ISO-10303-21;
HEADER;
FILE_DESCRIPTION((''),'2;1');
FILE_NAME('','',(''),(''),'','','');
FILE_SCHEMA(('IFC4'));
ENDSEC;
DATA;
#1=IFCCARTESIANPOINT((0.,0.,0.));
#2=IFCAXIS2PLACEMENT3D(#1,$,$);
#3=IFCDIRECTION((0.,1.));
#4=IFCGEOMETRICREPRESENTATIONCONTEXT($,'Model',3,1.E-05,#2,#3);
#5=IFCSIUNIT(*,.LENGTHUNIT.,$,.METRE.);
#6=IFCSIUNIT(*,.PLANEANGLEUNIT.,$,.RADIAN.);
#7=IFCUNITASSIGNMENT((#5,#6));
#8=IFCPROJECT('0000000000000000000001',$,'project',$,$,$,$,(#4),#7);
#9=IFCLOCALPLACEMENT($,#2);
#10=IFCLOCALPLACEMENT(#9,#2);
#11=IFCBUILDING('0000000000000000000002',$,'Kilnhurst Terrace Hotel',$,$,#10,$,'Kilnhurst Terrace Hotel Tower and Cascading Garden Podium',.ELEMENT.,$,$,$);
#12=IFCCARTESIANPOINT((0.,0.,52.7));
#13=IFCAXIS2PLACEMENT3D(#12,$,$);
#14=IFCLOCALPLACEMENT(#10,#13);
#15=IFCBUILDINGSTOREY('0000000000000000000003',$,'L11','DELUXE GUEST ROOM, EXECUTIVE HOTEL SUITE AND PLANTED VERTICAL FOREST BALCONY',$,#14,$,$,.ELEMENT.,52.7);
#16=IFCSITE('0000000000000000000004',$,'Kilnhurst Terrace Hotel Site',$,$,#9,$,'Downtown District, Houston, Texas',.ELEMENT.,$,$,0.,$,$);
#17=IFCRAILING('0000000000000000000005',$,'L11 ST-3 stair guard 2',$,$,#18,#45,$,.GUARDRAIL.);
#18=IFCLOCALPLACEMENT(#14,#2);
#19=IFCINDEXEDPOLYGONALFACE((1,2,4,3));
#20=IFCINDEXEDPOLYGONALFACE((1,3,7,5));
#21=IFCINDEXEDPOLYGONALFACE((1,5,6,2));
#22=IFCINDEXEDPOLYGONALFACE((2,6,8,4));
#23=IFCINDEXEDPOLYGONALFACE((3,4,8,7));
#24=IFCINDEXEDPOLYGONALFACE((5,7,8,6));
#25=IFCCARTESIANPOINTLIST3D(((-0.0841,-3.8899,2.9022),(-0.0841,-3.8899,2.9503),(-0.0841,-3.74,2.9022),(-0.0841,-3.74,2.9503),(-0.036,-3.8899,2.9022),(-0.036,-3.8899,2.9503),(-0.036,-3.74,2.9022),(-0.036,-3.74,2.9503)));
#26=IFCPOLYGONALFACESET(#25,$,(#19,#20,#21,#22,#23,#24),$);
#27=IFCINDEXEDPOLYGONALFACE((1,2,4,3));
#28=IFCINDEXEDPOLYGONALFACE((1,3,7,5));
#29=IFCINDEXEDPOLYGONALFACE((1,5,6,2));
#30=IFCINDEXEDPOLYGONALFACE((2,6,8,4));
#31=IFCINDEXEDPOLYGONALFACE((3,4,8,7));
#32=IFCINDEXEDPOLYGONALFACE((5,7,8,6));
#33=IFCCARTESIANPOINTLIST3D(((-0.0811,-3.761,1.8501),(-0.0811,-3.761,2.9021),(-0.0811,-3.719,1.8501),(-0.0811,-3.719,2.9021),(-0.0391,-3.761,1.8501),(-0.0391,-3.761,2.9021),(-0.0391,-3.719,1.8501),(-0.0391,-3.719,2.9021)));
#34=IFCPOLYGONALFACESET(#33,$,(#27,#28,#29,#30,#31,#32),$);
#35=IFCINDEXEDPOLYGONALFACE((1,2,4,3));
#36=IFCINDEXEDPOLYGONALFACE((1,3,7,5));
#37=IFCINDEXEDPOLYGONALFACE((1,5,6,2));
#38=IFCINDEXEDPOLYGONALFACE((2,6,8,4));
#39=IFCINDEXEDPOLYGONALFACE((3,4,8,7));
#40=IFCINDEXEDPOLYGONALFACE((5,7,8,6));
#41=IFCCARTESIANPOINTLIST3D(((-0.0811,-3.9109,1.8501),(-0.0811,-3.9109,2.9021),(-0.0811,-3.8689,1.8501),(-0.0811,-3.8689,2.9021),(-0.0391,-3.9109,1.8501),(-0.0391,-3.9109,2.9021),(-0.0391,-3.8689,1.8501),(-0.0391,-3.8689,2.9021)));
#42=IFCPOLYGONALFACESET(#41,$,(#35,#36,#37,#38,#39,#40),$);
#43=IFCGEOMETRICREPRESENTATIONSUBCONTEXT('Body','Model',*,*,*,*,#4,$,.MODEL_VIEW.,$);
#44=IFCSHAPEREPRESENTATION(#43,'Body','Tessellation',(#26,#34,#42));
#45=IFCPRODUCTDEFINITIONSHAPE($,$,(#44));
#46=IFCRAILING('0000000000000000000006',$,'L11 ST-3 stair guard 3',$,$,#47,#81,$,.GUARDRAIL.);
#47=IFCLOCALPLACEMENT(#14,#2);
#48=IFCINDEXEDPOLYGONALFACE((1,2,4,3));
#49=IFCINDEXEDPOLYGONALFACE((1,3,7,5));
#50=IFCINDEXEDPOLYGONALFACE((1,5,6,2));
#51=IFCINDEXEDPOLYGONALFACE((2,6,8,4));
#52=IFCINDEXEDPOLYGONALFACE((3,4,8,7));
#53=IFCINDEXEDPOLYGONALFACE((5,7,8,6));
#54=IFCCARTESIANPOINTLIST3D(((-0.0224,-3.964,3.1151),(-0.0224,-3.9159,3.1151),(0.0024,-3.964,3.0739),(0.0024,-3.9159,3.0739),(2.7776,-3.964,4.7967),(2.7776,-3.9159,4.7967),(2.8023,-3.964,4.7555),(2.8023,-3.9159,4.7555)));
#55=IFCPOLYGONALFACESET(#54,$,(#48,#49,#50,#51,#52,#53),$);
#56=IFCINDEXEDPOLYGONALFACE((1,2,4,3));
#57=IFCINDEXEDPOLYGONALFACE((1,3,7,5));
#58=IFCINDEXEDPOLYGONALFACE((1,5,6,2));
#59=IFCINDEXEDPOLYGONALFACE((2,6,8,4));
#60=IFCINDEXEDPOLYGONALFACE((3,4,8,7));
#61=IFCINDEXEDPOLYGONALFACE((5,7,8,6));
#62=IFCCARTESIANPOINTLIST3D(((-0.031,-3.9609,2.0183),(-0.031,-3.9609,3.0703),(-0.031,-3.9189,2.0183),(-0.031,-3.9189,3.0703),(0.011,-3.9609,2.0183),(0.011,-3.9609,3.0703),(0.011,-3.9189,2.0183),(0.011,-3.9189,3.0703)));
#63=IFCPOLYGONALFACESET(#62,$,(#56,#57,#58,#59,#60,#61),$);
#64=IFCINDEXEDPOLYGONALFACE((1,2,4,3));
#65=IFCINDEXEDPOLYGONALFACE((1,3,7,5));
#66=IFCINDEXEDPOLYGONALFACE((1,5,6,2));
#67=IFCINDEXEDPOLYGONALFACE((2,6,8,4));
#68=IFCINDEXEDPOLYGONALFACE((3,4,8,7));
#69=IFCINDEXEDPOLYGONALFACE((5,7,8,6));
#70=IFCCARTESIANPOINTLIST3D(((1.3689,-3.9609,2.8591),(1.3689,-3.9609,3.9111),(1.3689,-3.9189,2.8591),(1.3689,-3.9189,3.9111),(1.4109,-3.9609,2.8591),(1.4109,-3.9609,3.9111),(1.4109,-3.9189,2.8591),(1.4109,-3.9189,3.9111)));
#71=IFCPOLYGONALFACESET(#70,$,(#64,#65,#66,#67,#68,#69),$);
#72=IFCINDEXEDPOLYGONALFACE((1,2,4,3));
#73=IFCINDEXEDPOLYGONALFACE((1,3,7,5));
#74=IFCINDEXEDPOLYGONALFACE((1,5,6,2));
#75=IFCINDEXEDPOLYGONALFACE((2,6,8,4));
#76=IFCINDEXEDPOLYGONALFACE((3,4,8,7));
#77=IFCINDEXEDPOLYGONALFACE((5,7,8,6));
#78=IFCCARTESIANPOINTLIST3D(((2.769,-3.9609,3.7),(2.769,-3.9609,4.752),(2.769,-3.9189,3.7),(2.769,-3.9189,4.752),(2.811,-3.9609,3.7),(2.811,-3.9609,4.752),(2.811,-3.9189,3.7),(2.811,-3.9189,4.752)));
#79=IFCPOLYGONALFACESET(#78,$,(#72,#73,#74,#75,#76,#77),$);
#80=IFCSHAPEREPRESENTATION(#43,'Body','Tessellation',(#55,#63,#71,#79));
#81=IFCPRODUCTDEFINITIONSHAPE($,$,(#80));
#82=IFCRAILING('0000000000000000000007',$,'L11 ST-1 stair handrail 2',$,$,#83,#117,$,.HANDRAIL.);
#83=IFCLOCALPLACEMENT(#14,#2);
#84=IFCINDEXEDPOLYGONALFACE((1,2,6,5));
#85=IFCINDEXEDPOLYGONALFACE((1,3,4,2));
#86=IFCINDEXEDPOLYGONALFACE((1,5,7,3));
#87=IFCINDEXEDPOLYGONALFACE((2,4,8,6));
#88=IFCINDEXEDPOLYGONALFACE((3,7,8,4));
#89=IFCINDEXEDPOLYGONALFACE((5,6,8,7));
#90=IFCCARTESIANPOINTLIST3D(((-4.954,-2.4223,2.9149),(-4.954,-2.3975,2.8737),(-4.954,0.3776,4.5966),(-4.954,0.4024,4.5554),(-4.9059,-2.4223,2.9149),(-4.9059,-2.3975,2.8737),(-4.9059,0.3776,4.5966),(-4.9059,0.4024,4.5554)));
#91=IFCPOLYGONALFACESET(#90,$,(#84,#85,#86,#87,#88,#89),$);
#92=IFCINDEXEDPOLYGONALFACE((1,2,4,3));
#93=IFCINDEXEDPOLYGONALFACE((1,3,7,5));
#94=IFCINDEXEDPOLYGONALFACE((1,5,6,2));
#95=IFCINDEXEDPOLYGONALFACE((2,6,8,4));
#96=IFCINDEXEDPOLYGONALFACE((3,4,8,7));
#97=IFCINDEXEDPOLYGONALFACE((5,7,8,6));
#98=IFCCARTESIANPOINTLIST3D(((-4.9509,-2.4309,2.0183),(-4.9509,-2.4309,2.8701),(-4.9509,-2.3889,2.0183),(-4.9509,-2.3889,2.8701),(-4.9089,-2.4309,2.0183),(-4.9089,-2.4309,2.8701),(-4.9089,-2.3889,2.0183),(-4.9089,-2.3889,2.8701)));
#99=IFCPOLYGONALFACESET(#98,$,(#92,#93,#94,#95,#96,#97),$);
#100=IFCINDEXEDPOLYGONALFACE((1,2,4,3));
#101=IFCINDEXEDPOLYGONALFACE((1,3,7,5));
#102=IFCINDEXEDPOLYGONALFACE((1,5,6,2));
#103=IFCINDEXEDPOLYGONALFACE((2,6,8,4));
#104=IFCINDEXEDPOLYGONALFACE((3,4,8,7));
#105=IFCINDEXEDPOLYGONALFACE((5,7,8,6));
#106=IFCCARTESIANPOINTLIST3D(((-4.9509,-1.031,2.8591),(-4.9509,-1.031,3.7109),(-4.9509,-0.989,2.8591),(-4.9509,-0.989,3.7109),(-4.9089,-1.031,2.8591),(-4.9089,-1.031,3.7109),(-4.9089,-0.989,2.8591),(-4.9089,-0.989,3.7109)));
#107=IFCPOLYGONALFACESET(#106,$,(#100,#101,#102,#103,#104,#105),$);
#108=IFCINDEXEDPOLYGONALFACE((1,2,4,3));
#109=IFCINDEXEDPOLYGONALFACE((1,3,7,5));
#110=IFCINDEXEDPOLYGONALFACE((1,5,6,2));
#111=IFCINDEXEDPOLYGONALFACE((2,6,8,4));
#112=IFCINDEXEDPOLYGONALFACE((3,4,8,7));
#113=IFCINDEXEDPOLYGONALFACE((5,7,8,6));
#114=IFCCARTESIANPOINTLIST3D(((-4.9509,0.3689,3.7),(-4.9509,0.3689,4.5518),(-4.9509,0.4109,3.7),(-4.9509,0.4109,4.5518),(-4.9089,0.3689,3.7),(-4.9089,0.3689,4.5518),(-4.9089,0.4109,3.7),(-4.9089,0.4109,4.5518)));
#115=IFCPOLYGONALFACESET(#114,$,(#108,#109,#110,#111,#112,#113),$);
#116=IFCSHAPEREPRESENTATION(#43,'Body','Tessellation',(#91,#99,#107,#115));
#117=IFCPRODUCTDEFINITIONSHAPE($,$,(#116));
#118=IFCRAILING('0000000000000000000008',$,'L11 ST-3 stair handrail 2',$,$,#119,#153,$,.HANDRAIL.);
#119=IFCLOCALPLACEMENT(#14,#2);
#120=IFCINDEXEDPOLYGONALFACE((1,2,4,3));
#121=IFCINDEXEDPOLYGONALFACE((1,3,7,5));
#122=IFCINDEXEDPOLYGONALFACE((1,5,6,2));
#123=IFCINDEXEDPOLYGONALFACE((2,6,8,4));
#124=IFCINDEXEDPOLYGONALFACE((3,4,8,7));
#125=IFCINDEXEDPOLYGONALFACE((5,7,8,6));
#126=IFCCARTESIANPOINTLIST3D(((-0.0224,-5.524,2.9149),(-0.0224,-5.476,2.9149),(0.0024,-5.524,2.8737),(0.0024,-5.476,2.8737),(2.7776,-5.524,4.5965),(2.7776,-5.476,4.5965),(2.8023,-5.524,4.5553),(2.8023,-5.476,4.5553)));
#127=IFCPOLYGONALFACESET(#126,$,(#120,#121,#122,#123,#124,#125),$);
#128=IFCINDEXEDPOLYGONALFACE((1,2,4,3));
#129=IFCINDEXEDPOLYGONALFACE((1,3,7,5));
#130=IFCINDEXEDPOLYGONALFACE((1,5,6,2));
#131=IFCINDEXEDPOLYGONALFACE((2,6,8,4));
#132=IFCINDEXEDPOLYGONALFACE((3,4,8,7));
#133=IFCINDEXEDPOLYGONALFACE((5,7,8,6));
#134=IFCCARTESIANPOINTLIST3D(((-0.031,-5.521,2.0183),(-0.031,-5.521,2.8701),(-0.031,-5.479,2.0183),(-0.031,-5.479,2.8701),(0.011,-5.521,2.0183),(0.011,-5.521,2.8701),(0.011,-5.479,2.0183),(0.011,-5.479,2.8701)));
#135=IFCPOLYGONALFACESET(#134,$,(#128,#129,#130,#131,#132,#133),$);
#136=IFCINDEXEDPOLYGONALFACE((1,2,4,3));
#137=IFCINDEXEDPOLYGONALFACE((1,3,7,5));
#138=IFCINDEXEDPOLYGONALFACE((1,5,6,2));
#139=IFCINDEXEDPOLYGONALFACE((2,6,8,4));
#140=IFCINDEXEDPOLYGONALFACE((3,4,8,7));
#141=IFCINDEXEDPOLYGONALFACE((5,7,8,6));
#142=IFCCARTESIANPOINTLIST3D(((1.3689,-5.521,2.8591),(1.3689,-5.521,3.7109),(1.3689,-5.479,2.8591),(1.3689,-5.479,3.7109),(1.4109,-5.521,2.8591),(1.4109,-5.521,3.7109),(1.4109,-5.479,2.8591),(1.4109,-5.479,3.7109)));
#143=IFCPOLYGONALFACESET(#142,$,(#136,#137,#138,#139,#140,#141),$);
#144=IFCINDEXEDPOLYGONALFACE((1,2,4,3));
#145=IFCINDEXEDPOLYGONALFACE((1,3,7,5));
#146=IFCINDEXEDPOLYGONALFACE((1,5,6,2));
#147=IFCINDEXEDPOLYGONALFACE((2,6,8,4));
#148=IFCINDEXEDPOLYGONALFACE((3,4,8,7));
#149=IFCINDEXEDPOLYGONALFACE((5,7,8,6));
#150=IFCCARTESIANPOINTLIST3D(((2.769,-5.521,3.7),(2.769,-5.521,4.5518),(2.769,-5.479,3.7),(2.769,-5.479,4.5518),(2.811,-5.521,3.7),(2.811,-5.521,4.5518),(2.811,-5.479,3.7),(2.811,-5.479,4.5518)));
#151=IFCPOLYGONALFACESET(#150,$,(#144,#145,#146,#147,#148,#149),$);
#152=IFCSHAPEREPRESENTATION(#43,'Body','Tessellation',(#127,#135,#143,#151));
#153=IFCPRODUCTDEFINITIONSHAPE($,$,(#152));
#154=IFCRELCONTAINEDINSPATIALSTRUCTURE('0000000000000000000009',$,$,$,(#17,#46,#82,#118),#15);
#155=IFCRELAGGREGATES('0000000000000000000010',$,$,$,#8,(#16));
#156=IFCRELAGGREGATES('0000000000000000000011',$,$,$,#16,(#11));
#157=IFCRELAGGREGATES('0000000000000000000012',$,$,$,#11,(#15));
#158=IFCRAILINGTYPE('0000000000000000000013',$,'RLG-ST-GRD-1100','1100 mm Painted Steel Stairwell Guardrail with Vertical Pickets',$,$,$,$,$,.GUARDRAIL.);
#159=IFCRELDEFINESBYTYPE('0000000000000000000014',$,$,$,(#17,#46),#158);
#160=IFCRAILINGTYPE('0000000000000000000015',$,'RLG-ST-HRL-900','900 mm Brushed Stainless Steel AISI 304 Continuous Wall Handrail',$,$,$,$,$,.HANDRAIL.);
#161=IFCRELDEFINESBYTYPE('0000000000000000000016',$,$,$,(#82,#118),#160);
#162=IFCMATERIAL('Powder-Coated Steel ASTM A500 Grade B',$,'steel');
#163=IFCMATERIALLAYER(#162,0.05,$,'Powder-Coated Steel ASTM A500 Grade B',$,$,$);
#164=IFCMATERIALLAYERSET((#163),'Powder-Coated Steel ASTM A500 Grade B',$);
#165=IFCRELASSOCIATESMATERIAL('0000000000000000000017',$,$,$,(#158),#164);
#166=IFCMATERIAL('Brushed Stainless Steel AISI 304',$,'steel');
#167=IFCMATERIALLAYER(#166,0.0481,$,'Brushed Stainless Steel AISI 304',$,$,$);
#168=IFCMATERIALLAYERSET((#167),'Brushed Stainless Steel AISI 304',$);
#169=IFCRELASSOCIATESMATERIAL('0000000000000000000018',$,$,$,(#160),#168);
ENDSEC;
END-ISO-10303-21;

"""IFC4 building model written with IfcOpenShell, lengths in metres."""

from ifc_helpers import new_model, si_unit, direction, frame, origin, origin_2d, place, context, subcontext, project, spatial, rectangle, extrude, material, layer, layer_set, type_object, element, save


model = new_model("IFC4")

# Units and contexts
model_context = context("Model", 3, precision=1e-05, world=origin(), true_north=direction((0.0, 1.0)))
body_context = subcontext(model_context, "Body", "Model", "MODEL_VIEW")
ifc_project = project(units=[si_unit("LENGTHUNIT", "METRE"), si_unit("PLANEANGLEUNIT", "RADIAN")], contexts=[model_context])

# Site, building, storey
site_placement = place(None, origin())
site = spatial("IfcSite", under=ifc_project, at=site_placement, Name="Kilnhurst Terrace Hotel Site", LongName="Downtown District, Houston, Texas", CompositionType="ELEMENT", RefElevation=0.0)
building_placement = place(site_placement, origin())
building = spatial("IfcBuilding", under=site, at=building_placement, Name="Kilnhurst Terrace Hotel", LongName="Kilnhurst Terrace Hotel Tower and Cascading Garden Podium", CompositionType="ELEMENT")
storey_placement = place(building_placement, frame((0.0, 0.0, 52.7)))
storey = spatial("IfcBuildingStorey", under=building, at=storey_placement, Name="L11", Description="DELUXE GUEST ROOM, EXECUTIVE HOTEL SUITE AND PLANTED VERTICAL FOREST BALCONY", CompositionType="ELEMENT", Elevation=52.7)

# Railings
ifc_material_1 = material(Name="Powder-Coated Steel ASTM A500 Grade B", Category="steel")
ifc_layer_1 = layer(ifc_material_1, 0.05, Name="Powder-Coated Steel ASTM A500 Grade B")
ifc_layer_set_1 = layer_set([ifc_layer_1], Name="Powder-Coated Steel ASTM A500 Grade B")
railing_type_1 = type_object("IfcRailingType", Name="RLG-ST-GRD-1100", Description="1100 mm Painted Steel Stairwell Guardrail with Vertical Pickets", PredefinedType="GUARDRAIL", material=ifc_layer_set_1)
railing_1_placement = place(storey_placement, frame((-0.0601, -3.74, 1.8501)))
element("IfcRailing", 1, at=railing_1_placement, inside=storey, type_object=railing_type_1, Name="L11 ST-3 stair guard 2", PredefinedType="GUARDRAIL", context=body_context, shape_type="SweptSolid", body=[
    extrude(rectangle(XDim=0.0481, YDim=0.0481, at=origin_2d()), frame((0.0, 0.0, 1.0762), z_axis=(0.0, -1.0, 0.0), x_axis=(1.0, 0.0, 0.0)), (0.0, 0.0, 1.0), 0.1499),
    extrude(rectangle(XDim=0.042, YDim=0.042, at=origin_2d()), origin(), (0.0, 0.0, 1.0), 1.052),
    extrude(rectangle(XDim=0.042, YDim=0.042, at=origin_2d()), frame((0.0, -0.1499, 0.0)), (0.0, 0.0, 1.0), 1.052),
])
railing_2_placement = place(storey_placement, frame((-0.01, -3.9399, 2.0183)))
element("IfcRailing", 2, at=railing_2_placement, inside=storey, type_object=railing_type_1, Name="L11 ST-3 stair guard 3", PredefinedType="GUARDRAIL", context=body_context, shape_type="SweptSolid", body=[
    extrude(rectangle(XDim=0.0481, YDim=0.0481, at=origin_2d()), frame((0.0, 0.0, 1.0762), z_axis=(0.857275, 0.0, 0.514858), x_axis=(0.0, 1.0, 0.0)), (0.0, 0.0, 1.0), 3.2661),
    extrude(rectangle(XDim=0.042, YDim=0.042, at=origin_2d()), origin(), (0.0, 0.0, 1.0), 1.052),
    extrude(rectangle(XDim=0.042, YDim=0.042, at=origin_2d()), frame((1.3999, 0.0, 0.8408)), (0.0, 0.0, 1.0), 1.052),
    extrude(rectangle(XDim=0.042, YDim=0.042, at=origin_2d()), frame((2.8, 0.0, 1.6816)), (0.0, 0.0, 1.0), 1.052),
])
ifc_material_2 = material(Name="Brushed Stainless Steel AISI 304", Category="steel")
ifc_layer_2 = layer(ifc_material_2, 0.0481, Name="Brushed Stainless Steel AISI 304")
ifc_layer_set_2 = layer_set([ifc_layer_2], Name="Brushed Stainless Steel AISI 304")
railing_type_2 = type_object("IfcRailingType", Name="RLG-ST-HRL-900", Description="900 mm Brushed Stainless Steel AISI 304 Continuous Wall Handrail", PredefinedType="HANDRAIL", material=ifc_layer_set_2)
railing_3_placement = place(storey_placement, frame((-4.9299, -2.4099, 2.0183)))
element("IfcRailing", 3, at=railing_3_placement, inside=storey, type_object=railing_type_2, Name="L11 ST-1 stair handrail 2", PredefinedType="HANDRAIL", context=body_context, shape_type="SweptSolid", body=[
    extrude(rectangle(XDim=0.0481, YDim=0.0481, at=origin_2d()), frame((0.0, 0.0, 0.876), z_axis=(0.0, 0.857255, 0.514891), x_axis=(-1.0, 0.0, 0.0)), (0.0, 0.0, 1.0), 3.2661),
    extrude(rectangle(XDim=0.042, YDim=0.042, at=origin_2d()), origin(), (0.0, 0.0, 1.0), 0.8518),
    extrude(rectangle(XDim=0.042, YDim=0.042, at=origin_2d()), frame((0.0, 1.3999, 0.8408)), (0.0, 0.0, 1.0), 0.8518),
    extrude(rectangle(XDim=0.042, YDim=0.042, at=origin_2d()), frame((0.0, 2.7998, 1.6816)), (0.0, 0.0, 1.0), 0.8518),
])
railing_4_placement = place(storey_placement, frame((-0.01, -5.5, 2.0183)))
element("IfcRailing", 4, at=railing_4_placement, inside=storey, type_object=railing_type_2, Name="L11 ST-3 stair handrail 2", PredefinedType="HANDRAIL", context=body_context, shape_type="SweptSolid", body=[
    extrude(rectangle(XDim=0.0481, YDim=0.0481, at=origin_2d()), frame((0.0, 0.0, 0.876), z_axis=(0.857275, 0.0, 0.514858), x_axis=(0.0, 1.0, 0.0)), (0.0, 0.0, 1.0), 3.2661),
    extrude(rectangle(XDim=0.042, YDim=0.042, at=origin_2d()), origin(), (0.0, 0.0, 1.0), 0.8518),
    extrude(rectangle(XDim=0.042, YDim=0.042, at=origin_2d()), frame((1.3999, 0.0, 0.8408)), (0.0, 0.0, 1.0), 0.8518),
    extrude(rectangle(XDim=0.042, YDim=0.042, at=origin_2d()), frame((2.8, 0.0, 1.6816)), (0.0, 0.0, 1.0), 0.8518),
])

save(model, "model.ifc")
